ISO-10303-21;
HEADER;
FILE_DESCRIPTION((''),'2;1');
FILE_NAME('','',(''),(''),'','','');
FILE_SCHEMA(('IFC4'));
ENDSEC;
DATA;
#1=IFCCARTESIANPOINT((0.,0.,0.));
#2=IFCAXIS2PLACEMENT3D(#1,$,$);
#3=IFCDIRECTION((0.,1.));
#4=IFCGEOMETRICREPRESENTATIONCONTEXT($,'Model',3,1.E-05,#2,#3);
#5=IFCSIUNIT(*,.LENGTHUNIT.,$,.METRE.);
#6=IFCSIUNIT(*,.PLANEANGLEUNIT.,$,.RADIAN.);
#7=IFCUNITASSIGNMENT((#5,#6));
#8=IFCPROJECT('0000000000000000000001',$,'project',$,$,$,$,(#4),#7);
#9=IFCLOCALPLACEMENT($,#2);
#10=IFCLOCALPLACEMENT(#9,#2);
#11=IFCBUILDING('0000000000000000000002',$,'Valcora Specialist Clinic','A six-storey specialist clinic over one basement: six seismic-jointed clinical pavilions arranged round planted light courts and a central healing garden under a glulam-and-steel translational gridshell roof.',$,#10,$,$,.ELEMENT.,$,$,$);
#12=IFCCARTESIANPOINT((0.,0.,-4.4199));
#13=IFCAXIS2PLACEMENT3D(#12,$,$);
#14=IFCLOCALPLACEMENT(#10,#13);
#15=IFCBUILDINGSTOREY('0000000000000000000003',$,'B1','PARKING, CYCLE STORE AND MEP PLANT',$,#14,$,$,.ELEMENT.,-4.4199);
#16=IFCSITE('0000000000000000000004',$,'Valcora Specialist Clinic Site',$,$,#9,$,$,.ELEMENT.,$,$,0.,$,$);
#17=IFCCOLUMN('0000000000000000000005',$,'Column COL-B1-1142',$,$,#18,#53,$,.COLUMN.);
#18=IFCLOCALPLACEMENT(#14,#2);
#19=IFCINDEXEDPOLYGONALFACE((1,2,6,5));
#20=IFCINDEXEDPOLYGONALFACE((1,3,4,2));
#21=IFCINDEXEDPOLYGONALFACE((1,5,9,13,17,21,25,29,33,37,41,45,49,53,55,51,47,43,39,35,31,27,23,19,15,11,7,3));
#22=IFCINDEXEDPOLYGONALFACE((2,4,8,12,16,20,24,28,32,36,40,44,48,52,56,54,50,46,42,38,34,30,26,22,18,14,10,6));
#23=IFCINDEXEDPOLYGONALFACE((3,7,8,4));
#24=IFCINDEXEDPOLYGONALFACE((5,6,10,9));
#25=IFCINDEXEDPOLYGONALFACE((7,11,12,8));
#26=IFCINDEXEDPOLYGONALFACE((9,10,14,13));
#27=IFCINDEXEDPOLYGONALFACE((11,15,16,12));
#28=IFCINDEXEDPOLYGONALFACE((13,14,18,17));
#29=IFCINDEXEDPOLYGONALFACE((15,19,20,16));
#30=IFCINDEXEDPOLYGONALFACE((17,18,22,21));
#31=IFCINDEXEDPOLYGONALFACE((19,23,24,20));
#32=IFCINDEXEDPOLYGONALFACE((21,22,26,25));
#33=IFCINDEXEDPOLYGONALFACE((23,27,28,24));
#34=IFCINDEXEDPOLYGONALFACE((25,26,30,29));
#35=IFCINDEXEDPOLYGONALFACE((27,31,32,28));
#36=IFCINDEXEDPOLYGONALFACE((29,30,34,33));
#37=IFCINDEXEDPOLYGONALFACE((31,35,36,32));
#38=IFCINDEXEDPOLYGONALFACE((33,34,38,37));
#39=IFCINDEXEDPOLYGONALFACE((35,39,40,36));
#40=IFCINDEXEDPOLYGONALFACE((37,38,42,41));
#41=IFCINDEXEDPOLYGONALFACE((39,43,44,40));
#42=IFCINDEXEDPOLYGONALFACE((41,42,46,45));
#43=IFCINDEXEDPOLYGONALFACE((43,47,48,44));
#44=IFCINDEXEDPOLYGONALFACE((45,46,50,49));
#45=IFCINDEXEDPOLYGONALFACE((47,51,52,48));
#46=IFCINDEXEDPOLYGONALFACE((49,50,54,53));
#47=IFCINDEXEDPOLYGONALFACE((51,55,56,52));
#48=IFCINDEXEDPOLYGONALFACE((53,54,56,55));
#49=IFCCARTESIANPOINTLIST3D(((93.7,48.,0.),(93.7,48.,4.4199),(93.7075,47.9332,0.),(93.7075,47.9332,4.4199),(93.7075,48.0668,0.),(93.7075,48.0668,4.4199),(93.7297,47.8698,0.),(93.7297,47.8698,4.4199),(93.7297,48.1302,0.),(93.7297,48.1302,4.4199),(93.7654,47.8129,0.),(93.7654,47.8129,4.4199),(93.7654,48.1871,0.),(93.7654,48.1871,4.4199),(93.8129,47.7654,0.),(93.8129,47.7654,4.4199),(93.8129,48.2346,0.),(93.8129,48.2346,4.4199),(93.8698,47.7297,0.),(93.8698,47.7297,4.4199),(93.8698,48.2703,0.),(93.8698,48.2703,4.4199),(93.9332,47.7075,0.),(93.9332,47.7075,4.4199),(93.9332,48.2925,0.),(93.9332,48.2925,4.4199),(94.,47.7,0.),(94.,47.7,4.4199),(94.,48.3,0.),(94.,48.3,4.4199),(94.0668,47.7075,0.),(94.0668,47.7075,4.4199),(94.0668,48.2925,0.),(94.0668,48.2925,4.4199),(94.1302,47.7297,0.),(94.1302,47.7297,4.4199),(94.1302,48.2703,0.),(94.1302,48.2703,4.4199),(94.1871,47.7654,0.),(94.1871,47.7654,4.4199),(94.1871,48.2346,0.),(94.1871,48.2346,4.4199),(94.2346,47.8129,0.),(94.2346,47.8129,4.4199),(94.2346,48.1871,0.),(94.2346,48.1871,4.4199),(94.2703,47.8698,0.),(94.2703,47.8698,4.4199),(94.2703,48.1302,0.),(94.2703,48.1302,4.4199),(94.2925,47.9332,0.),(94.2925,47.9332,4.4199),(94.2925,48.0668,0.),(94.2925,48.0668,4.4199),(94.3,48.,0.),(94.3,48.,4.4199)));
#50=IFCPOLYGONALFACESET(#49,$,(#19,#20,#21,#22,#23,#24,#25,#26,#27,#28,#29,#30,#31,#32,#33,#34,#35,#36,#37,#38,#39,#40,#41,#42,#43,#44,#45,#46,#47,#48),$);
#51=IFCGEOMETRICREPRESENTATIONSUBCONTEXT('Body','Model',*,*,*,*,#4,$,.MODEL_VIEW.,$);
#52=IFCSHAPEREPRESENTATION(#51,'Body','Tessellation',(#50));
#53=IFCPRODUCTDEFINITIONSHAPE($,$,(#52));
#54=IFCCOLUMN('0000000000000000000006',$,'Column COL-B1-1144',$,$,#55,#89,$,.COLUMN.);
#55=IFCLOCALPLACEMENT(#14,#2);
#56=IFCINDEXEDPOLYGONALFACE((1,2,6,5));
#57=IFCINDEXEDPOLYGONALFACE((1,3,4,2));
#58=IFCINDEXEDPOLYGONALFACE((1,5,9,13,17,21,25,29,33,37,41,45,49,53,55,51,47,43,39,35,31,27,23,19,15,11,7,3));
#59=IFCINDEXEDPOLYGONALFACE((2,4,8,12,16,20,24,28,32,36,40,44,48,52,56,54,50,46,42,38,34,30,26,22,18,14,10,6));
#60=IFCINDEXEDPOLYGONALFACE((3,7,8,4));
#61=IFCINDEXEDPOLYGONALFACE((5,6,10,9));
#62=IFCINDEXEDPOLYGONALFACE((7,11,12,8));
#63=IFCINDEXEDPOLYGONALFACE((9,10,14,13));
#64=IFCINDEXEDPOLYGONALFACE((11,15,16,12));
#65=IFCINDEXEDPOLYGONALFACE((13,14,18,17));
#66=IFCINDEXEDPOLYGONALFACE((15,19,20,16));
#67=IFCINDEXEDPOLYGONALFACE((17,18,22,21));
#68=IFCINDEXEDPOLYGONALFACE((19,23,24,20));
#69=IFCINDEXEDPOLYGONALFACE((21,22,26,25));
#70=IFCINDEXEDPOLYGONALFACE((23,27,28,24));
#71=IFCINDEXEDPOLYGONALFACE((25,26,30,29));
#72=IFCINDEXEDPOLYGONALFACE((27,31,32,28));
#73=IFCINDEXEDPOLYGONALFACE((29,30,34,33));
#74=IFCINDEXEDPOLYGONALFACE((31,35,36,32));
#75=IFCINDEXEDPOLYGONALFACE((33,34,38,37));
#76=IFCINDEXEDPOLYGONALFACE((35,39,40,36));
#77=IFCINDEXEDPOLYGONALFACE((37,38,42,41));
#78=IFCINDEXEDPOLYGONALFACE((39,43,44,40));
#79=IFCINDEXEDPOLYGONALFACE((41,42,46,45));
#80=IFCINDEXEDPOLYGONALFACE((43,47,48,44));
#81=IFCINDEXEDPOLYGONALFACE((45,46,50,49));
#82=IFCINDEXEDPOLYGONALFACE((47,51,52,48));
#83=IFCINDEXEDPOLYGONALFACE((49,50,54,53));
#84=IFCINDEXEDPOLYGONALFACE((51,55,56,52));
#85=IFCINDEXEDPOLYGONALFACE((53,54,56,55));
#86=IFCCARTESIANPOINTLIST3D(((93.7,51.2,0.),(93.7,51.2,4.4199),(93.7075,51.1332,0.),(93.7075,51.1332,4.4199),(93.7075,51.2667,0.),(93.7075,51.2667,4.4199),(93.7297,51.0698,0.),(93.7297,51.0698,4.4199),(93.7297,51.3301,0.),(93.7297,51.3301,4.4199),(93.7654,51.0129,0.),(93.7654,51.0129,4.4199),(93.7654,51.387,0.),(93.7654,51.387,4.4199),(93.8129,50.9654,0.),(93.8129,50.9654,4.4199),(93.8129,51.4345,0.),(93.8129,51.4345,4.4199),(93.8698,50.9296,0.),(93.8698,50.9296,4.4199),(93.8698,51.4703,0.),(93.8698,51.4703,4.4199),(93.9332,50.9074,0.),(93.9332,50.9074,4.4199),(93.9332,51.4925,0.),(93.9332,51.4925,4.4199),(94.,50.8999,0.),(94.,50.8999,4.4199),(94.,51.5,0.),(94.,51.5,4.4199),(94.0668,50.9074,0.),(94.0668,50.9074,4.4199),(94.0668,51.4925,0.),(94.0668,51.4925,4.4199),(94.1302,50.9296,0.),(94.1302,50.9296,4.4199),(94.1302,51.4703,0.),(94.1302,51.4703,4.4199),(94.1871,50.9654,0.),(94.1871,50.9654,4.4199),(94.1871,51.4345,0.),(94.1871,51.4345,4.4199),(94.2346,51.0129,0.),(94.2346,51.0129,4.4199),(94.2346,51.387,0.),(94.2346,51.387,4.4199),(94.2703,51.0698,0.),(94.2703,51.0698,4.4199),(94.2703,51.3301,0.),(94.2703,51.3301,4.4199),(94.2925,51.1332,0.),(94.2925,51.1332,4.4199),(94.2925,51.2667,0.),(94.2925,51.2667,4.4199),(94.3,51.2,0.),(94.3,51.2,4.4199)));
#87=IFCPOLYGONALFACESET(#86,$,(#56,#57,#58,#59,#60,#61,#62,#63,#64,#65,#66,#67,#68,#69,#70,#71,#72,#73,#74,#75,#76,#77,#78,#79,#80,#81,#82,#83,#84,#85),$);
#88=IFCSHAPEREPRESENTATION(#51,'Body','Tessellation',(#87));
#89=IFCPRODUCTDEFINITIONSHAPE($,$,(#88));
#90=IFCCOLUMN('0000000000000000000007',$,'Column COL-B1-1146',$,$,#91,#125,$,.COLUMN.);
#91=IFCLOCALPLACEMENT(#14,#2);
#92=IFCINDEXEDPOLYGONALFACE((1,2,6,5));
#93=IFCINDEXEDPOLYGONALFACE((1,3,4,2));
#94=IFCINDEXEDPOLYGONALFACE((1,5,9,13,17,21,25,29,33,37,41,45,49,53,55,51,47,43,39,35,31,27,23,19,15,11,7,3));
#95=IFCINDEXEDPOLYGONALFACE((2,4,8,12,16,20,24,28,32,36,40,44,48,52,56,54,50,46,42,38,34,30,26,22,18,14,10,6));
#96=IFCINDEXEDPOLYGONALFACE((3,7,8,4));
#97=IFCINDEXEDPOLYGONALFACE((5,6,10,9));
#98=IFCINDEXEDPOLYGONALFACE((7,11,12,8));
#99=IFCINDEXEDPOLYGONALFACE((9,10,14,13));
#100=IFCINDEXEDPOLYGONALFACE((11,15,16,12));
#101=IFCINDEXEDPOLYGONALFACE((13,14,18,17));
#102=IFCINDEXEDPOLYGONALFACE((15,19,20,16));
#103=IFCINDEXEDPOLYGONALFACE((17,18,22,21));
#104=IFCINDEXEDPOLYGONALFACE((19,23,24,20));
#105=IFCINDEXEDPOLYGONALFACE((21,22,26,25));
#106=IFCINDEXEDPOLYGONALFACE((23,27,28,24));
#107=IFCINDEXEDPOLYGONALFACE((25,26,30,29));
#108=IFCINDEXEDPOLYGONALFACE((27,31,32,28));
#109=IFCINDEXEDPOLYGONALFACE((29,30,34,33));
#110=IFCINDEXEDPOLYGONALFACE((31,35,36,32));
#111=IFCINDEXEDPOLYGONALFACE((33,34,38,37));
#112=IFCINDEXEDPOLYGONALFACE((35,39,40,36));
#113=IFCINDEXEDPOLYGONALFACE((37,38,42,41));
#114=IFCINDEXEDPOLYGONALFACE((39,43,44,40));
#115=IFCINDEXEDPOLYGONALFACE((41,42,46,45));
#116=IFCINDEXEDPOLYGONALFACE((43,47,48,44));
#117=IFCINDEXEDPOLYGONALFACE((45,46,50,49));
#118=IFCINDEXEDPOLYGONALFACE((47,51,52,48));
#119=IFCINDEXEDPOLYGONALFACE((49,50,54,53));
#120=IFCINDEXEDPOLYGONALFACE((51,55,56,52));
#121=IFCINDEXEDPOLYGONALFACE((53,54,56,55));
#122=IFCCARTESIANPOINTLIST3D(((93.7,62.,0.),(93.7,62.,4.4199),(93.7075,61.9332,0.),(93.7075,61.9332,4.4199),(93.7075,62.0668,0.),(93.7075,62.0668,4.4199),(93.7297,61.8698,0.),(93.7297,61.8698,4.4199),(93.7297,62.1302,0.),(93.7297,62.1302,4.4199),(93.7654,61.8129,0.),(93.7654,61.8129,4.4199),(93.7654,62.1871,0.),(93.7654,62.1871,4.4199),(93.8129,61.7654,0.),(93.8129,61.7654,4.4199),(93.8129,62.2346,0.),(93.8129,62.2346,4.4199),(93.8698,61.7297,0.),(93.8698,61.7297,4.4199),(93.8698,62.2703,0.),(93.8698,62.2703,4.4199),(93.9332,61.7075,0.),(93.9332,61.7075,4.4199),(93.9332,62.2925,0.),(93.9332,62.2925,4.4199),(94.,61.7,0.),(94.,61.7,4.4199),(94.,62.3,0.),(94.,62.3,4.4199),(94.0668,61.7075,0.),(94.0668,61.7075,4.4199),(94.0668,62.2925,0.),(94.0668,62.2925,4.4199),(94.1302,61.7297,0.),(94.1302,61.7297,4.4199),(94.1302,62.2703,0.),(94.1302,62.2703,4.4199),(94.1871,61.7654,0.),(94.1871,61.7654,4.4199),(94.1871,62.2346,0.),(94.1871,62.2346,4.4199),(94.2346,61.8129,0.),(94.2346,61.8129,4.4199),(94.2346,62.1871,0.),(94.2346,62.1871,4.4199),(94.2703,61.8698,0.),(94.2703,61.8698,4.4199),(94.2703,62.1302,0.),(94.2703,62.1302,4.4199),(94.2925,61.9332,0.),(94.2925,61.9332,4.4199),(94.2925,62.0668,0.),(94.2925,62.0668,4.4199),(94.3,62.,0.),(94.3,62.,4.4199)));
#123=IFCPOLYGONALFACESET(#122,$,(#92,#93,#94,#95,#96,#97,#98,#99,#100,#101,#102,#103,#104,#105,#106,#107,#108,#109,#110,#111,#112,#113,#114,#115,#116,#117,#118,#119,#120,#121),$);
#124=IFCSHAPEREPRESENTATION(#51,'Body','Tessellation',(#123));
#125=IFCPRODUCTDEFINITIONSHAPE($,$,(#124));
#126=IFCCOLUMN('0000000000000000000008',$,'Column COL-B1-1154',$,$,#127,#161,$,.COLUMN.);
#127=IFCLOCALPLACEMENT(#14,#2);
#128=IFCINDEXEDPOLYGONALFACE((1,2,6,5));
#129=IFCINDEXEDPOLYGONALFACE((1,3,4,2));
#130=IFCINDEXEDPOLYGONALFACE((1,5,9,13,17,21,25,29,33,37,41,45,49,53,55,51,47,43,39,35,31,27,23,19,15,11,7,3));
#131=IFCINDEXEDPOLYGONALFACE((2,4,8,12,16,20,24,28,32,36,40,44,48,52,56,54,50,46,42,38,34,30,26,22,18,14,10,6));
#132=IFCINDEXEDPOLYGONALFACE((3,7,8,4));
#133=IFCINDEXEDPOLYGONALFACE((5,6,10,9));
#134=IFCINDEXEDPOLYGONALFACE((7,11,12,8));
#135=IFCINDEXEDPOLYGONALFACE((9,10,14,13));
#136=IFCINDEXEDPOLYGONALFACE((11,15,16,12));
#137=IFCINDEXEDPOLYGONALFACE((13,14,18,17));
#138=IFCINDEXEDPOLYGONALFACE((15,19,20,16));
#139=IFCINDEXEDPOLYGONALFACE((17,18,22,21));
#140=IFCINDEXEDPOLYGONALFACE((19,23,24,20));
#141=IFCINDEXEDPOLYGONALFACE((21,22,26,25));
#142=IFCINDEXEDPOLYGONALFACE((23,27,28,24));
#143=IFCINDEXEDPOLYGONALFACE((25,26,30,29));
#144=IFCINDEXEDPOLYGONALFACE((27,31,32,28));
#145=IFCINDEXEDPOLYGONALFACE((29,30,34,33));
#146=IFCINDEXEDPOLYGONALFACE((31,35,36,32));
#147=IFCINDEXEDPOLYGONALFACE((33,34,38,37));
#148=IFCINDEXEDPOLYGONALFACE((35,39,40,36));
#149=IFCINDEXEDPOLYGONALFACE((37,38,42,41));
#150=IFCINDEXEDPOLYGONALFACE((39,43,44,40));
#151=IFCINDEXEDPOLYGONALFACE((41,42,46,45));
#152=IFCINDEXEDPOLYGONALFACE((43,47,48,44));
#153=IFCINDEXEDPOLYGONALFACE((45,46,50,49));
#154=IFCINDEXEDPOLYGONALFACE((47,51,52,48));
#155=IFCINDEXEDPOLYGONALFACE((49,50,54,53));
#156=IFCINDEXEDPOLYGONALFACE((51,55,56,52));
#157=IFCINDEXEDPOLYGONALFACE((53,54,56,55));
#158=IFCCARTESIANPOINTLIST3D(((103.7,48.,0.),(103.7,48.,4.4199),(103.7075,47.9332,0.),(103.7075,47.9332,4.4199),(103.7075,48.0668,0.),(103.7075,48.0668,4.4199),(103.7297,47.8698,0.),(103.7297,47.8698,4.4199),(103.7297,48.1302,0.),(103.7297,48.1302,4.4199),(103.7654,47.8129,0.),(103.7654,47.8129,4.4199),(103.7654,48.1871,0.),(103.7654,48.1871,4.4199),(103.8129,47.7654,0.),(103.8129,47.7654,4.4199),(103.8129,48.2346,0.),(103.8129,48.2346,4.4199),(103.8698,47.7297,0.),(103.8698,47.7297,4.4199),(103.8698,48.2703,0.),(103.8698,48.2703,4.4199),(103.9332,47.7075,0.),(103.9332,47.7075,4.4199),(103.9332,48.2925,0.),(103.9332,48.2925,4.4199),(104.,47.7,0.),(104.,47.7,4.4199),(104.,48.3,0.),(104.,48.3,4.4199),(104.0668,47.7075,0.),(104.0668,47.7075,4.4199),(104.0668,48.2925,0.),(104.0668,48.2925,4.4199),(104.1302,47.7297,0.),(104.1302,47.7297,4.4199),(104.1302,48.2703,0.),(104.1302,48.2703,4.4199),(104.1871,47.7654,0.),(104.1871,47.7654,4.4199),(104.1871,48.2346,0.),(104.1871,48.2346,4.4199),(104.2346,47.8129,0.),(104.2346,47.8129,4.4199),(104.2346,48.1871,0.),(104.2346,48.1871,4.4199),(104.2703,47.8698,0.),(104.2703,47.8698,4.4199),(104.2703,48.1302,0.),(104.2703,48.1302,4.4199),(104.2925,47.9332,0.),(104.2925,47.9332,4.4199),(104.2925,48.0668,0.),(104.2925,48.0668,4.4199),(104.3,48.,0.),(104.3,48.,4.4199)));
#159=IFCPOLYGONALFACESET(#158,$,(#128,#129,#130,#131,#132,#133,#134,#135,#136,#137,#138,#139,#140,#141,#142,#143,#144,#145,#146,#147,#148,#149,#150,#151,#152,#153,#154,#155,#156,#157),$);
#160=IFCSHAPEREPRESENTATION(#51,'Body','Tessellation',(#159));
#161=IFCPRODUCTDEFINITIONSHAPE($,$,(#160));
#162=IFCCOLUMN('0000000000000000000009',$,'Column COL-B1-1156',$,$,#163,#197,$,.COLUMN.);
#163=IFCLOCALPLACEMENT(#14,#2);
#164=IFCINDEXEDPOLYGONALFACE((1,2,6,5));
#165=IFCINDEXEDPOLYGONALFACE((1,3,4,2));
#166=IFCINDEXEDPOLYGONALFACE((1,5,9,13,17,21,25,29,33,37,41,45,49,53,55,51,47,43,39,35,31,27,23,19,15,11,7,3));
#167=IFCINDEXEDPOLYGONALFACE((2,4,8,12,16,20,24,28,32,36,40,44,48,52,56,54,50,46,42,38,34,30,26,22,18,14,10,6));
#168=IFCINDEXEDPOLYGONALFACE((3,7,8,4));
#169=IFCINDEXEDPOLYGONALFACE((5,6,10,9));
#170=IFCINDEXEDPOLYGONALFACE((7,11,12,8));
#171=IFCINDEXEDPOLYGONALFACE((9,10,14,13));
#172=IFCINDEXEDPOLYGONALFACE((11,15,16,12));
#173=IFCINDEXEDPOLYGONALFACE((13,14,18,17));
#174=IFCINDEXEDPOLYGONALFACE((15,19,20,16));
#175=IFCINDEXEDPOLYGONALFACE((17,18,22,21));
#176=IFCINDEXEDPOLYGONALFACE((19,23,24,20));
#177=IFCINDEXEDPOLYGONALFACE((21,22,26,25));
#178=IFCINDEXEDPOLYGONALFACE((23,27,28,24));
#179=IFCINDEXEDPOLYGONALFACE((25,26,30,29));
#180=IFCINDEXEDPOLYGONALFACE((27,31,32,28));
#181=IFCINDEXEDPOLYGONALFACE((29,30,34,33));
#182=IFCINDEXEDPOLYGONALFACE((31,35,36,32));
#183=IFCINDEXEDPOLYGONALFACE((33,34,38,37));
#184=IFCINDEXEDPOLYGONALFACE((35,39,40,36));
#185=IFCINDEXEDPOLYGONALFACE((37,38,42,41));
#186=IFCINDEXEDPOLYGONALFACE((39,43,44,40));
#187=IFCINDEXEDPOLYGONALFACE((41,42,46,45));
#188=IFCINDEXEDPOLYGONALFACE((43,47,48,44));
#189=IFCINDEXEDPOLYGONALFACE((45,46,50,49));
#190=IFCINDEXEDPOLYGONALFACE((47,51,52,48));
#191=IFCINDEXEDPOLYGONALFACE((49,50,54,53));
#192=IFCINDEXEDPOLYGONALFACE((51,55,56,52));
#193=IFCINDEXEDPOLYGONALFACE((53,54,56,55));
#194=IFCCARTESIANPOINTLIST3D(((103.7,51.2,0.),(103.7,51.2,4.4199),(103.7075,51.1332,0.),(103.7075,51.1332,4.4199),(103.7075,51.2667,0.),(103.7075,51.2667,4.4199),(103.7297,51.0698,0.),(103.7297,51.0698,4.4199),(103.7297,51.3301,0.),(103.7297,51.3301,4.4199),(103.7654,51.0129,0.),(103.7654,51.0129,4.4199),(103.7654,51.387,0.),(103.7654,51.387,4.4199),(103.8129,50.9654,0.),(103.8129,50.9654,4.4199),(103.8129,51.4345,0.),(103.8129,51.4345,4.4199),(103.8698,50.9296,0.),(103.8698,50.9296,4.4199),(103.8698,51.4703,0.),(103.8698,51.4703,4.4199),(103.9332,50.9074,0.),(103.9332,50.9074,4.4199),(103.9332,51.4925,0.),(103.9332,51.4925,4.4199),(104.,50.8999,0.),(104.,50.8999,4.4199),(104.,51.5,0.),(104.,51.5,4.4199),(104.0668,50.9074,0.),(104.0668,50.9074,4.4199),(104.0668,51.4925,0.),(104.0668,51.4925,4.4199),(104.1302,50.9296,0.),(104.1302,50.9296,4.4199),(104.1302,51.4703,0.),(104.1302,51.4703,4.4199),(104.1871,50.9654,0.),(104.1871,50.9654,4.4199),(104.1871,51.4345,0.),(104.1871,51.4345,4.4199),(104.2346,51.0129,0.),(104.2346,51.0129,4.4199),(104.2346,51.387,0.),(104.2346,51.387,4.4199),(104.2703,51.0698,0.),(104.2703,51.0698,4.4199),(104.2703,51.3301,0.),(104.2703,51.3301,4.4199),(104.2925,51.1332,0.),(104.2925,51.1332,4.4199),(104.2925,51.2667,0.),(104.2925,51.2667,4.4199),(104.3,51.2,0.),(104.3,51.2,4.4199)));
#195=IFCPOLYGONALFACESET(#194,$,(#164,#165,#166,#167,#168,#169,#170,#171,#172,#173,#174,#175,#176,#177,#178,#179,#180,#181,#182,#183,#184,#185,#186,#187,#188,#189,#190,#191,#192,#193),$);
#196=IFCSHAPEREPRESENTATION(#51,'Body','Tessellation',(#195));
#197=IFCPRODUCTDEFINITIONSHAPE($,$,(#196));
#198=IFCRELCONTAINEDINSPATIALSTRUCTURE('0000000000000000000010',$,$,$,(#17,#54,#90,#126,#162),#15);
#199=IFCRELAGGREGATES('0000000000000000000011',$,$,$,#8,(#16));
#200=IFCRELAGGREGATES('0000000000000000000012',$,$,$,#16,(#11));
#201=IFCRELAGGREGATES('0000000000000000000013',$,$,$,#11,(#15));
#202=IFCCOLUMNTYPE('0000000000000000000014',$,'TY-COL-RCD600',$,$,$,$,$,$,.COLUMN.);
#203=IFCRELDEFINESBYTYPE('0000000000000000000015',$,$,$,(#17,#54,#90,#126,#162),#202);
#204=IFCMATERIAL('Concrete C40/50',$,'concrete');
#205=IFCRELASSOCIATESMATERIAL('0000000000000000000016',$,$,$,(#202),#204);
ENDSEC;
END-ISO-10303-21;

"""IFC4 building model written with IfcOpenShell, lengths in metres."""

from ifc_helpers import new_model, si_unit, direction, frame, origin, origin_2d, place, context, subcontext, project, spatial, circle, extrude, material, material_profile, profile_set, type_object, element, save


model = new_model("IFC4")

# Units and contexts
model_context = context("Model", 3, precision=1e-05, world=origin(), true_north=direction((0.0, 1.0)))
body_context = subcontext(model_context, "Body", "Model", "MODEL_VIEW")
ifc_project = project(units=[si_unit("LENGTHUNIT", "METRE"), si_unit("PLANEANGLEUNIT", "RADIAN")], contexts=[model_context])

# Site, building, storey
site_placement = place(None, origin())
site = spatial("IfcSite", under=ifc_project, at=site_placement, Name="Valcora Specialist Clinic Site", CompositionType="ELEMENT", RefElevation=0.0)
building_placement = place(site_placement, origin())
building = spatial("IfcBuilding", under=site, at=building_placement, Name="Valcora Specialist Clinic", Description="A six-storey specialist clinic over one basement: six seismic-jointed clinical pavilions arranged round planted light courts and a central healing garden under a glulam-and-steel translational gridshell roof.", CompositionType="ELEMENT")
storey_placement = place(building_placement, frame((0.0, 0.0, -4.4199)))
storey = spatial("IfcBuildingStorey", under=building, at=storey_placement, Name="B1", Description="PARKING, CYCLE STORE AND MEP PLANT", CompositionType="ELEMENT", Elevation=-4.4199)

# Columns
ifc_material_1 = material(Name="Concrete C40/50", Category="concrete")
ifc_material_profile_1 = material_profile(ifc_material_1, circle(Radius=0.3, at=origin_2d()), Name="RC-COL-D600")
ifc_profile_set_1 = profile_set([ifc_material_profile_1], Name="Concrete C40/50")
column_type_1 = type_object("IfcColumnType", Name="TY-COL-RCD600", PredefinedType="COLUMN", material=ifc_profile_set_1)
for number, where, z_axis, x_axis, name in (
    (1, (94.0, 48.0, 0.0), (0.0, 0.0, 1.0), (1.0, 0.0, 0.0), "Column COL-B1-1142"),
    (2, (94.0, 51.2, 0.0), (0.0, 0.0, 1.0), (1.0, 0.0, 0.0), "Column COL-B1-1144"),
    (3, (94.0, 62.0, 0.0), (0.0, 0.0, 1.0), (1.0, 0.0, 0.0), "Column COL-B1-1146"),
    (4, (104.0, 48.0, 0.0), (0.0, 0.0, 1.0), (1.0, 0.0, 0.0), "Column COL-B1-1154"),
    (5, (104.0, 51.2, 0.0), (0.0, 0.0, 1.0), (1.0, 0.0, 0.0), "Column COL-B1-1156"),
):
    element("IfcColumn", number, at=place(storey_placement, frame(where, z_axis=z_axis, x_axis=x_axis)), inside=storey, type_object=column_type_1, Name=name, PredefinedType="COLUMN", context=body_context, shape_type="SweptSolid", body=[
        extrude(circle(Radius=0.3, at=origin_2d()), origin(), (0.0, 0.0, 1.0), 4.4199),
    ])

save(model, "model.ifc")
